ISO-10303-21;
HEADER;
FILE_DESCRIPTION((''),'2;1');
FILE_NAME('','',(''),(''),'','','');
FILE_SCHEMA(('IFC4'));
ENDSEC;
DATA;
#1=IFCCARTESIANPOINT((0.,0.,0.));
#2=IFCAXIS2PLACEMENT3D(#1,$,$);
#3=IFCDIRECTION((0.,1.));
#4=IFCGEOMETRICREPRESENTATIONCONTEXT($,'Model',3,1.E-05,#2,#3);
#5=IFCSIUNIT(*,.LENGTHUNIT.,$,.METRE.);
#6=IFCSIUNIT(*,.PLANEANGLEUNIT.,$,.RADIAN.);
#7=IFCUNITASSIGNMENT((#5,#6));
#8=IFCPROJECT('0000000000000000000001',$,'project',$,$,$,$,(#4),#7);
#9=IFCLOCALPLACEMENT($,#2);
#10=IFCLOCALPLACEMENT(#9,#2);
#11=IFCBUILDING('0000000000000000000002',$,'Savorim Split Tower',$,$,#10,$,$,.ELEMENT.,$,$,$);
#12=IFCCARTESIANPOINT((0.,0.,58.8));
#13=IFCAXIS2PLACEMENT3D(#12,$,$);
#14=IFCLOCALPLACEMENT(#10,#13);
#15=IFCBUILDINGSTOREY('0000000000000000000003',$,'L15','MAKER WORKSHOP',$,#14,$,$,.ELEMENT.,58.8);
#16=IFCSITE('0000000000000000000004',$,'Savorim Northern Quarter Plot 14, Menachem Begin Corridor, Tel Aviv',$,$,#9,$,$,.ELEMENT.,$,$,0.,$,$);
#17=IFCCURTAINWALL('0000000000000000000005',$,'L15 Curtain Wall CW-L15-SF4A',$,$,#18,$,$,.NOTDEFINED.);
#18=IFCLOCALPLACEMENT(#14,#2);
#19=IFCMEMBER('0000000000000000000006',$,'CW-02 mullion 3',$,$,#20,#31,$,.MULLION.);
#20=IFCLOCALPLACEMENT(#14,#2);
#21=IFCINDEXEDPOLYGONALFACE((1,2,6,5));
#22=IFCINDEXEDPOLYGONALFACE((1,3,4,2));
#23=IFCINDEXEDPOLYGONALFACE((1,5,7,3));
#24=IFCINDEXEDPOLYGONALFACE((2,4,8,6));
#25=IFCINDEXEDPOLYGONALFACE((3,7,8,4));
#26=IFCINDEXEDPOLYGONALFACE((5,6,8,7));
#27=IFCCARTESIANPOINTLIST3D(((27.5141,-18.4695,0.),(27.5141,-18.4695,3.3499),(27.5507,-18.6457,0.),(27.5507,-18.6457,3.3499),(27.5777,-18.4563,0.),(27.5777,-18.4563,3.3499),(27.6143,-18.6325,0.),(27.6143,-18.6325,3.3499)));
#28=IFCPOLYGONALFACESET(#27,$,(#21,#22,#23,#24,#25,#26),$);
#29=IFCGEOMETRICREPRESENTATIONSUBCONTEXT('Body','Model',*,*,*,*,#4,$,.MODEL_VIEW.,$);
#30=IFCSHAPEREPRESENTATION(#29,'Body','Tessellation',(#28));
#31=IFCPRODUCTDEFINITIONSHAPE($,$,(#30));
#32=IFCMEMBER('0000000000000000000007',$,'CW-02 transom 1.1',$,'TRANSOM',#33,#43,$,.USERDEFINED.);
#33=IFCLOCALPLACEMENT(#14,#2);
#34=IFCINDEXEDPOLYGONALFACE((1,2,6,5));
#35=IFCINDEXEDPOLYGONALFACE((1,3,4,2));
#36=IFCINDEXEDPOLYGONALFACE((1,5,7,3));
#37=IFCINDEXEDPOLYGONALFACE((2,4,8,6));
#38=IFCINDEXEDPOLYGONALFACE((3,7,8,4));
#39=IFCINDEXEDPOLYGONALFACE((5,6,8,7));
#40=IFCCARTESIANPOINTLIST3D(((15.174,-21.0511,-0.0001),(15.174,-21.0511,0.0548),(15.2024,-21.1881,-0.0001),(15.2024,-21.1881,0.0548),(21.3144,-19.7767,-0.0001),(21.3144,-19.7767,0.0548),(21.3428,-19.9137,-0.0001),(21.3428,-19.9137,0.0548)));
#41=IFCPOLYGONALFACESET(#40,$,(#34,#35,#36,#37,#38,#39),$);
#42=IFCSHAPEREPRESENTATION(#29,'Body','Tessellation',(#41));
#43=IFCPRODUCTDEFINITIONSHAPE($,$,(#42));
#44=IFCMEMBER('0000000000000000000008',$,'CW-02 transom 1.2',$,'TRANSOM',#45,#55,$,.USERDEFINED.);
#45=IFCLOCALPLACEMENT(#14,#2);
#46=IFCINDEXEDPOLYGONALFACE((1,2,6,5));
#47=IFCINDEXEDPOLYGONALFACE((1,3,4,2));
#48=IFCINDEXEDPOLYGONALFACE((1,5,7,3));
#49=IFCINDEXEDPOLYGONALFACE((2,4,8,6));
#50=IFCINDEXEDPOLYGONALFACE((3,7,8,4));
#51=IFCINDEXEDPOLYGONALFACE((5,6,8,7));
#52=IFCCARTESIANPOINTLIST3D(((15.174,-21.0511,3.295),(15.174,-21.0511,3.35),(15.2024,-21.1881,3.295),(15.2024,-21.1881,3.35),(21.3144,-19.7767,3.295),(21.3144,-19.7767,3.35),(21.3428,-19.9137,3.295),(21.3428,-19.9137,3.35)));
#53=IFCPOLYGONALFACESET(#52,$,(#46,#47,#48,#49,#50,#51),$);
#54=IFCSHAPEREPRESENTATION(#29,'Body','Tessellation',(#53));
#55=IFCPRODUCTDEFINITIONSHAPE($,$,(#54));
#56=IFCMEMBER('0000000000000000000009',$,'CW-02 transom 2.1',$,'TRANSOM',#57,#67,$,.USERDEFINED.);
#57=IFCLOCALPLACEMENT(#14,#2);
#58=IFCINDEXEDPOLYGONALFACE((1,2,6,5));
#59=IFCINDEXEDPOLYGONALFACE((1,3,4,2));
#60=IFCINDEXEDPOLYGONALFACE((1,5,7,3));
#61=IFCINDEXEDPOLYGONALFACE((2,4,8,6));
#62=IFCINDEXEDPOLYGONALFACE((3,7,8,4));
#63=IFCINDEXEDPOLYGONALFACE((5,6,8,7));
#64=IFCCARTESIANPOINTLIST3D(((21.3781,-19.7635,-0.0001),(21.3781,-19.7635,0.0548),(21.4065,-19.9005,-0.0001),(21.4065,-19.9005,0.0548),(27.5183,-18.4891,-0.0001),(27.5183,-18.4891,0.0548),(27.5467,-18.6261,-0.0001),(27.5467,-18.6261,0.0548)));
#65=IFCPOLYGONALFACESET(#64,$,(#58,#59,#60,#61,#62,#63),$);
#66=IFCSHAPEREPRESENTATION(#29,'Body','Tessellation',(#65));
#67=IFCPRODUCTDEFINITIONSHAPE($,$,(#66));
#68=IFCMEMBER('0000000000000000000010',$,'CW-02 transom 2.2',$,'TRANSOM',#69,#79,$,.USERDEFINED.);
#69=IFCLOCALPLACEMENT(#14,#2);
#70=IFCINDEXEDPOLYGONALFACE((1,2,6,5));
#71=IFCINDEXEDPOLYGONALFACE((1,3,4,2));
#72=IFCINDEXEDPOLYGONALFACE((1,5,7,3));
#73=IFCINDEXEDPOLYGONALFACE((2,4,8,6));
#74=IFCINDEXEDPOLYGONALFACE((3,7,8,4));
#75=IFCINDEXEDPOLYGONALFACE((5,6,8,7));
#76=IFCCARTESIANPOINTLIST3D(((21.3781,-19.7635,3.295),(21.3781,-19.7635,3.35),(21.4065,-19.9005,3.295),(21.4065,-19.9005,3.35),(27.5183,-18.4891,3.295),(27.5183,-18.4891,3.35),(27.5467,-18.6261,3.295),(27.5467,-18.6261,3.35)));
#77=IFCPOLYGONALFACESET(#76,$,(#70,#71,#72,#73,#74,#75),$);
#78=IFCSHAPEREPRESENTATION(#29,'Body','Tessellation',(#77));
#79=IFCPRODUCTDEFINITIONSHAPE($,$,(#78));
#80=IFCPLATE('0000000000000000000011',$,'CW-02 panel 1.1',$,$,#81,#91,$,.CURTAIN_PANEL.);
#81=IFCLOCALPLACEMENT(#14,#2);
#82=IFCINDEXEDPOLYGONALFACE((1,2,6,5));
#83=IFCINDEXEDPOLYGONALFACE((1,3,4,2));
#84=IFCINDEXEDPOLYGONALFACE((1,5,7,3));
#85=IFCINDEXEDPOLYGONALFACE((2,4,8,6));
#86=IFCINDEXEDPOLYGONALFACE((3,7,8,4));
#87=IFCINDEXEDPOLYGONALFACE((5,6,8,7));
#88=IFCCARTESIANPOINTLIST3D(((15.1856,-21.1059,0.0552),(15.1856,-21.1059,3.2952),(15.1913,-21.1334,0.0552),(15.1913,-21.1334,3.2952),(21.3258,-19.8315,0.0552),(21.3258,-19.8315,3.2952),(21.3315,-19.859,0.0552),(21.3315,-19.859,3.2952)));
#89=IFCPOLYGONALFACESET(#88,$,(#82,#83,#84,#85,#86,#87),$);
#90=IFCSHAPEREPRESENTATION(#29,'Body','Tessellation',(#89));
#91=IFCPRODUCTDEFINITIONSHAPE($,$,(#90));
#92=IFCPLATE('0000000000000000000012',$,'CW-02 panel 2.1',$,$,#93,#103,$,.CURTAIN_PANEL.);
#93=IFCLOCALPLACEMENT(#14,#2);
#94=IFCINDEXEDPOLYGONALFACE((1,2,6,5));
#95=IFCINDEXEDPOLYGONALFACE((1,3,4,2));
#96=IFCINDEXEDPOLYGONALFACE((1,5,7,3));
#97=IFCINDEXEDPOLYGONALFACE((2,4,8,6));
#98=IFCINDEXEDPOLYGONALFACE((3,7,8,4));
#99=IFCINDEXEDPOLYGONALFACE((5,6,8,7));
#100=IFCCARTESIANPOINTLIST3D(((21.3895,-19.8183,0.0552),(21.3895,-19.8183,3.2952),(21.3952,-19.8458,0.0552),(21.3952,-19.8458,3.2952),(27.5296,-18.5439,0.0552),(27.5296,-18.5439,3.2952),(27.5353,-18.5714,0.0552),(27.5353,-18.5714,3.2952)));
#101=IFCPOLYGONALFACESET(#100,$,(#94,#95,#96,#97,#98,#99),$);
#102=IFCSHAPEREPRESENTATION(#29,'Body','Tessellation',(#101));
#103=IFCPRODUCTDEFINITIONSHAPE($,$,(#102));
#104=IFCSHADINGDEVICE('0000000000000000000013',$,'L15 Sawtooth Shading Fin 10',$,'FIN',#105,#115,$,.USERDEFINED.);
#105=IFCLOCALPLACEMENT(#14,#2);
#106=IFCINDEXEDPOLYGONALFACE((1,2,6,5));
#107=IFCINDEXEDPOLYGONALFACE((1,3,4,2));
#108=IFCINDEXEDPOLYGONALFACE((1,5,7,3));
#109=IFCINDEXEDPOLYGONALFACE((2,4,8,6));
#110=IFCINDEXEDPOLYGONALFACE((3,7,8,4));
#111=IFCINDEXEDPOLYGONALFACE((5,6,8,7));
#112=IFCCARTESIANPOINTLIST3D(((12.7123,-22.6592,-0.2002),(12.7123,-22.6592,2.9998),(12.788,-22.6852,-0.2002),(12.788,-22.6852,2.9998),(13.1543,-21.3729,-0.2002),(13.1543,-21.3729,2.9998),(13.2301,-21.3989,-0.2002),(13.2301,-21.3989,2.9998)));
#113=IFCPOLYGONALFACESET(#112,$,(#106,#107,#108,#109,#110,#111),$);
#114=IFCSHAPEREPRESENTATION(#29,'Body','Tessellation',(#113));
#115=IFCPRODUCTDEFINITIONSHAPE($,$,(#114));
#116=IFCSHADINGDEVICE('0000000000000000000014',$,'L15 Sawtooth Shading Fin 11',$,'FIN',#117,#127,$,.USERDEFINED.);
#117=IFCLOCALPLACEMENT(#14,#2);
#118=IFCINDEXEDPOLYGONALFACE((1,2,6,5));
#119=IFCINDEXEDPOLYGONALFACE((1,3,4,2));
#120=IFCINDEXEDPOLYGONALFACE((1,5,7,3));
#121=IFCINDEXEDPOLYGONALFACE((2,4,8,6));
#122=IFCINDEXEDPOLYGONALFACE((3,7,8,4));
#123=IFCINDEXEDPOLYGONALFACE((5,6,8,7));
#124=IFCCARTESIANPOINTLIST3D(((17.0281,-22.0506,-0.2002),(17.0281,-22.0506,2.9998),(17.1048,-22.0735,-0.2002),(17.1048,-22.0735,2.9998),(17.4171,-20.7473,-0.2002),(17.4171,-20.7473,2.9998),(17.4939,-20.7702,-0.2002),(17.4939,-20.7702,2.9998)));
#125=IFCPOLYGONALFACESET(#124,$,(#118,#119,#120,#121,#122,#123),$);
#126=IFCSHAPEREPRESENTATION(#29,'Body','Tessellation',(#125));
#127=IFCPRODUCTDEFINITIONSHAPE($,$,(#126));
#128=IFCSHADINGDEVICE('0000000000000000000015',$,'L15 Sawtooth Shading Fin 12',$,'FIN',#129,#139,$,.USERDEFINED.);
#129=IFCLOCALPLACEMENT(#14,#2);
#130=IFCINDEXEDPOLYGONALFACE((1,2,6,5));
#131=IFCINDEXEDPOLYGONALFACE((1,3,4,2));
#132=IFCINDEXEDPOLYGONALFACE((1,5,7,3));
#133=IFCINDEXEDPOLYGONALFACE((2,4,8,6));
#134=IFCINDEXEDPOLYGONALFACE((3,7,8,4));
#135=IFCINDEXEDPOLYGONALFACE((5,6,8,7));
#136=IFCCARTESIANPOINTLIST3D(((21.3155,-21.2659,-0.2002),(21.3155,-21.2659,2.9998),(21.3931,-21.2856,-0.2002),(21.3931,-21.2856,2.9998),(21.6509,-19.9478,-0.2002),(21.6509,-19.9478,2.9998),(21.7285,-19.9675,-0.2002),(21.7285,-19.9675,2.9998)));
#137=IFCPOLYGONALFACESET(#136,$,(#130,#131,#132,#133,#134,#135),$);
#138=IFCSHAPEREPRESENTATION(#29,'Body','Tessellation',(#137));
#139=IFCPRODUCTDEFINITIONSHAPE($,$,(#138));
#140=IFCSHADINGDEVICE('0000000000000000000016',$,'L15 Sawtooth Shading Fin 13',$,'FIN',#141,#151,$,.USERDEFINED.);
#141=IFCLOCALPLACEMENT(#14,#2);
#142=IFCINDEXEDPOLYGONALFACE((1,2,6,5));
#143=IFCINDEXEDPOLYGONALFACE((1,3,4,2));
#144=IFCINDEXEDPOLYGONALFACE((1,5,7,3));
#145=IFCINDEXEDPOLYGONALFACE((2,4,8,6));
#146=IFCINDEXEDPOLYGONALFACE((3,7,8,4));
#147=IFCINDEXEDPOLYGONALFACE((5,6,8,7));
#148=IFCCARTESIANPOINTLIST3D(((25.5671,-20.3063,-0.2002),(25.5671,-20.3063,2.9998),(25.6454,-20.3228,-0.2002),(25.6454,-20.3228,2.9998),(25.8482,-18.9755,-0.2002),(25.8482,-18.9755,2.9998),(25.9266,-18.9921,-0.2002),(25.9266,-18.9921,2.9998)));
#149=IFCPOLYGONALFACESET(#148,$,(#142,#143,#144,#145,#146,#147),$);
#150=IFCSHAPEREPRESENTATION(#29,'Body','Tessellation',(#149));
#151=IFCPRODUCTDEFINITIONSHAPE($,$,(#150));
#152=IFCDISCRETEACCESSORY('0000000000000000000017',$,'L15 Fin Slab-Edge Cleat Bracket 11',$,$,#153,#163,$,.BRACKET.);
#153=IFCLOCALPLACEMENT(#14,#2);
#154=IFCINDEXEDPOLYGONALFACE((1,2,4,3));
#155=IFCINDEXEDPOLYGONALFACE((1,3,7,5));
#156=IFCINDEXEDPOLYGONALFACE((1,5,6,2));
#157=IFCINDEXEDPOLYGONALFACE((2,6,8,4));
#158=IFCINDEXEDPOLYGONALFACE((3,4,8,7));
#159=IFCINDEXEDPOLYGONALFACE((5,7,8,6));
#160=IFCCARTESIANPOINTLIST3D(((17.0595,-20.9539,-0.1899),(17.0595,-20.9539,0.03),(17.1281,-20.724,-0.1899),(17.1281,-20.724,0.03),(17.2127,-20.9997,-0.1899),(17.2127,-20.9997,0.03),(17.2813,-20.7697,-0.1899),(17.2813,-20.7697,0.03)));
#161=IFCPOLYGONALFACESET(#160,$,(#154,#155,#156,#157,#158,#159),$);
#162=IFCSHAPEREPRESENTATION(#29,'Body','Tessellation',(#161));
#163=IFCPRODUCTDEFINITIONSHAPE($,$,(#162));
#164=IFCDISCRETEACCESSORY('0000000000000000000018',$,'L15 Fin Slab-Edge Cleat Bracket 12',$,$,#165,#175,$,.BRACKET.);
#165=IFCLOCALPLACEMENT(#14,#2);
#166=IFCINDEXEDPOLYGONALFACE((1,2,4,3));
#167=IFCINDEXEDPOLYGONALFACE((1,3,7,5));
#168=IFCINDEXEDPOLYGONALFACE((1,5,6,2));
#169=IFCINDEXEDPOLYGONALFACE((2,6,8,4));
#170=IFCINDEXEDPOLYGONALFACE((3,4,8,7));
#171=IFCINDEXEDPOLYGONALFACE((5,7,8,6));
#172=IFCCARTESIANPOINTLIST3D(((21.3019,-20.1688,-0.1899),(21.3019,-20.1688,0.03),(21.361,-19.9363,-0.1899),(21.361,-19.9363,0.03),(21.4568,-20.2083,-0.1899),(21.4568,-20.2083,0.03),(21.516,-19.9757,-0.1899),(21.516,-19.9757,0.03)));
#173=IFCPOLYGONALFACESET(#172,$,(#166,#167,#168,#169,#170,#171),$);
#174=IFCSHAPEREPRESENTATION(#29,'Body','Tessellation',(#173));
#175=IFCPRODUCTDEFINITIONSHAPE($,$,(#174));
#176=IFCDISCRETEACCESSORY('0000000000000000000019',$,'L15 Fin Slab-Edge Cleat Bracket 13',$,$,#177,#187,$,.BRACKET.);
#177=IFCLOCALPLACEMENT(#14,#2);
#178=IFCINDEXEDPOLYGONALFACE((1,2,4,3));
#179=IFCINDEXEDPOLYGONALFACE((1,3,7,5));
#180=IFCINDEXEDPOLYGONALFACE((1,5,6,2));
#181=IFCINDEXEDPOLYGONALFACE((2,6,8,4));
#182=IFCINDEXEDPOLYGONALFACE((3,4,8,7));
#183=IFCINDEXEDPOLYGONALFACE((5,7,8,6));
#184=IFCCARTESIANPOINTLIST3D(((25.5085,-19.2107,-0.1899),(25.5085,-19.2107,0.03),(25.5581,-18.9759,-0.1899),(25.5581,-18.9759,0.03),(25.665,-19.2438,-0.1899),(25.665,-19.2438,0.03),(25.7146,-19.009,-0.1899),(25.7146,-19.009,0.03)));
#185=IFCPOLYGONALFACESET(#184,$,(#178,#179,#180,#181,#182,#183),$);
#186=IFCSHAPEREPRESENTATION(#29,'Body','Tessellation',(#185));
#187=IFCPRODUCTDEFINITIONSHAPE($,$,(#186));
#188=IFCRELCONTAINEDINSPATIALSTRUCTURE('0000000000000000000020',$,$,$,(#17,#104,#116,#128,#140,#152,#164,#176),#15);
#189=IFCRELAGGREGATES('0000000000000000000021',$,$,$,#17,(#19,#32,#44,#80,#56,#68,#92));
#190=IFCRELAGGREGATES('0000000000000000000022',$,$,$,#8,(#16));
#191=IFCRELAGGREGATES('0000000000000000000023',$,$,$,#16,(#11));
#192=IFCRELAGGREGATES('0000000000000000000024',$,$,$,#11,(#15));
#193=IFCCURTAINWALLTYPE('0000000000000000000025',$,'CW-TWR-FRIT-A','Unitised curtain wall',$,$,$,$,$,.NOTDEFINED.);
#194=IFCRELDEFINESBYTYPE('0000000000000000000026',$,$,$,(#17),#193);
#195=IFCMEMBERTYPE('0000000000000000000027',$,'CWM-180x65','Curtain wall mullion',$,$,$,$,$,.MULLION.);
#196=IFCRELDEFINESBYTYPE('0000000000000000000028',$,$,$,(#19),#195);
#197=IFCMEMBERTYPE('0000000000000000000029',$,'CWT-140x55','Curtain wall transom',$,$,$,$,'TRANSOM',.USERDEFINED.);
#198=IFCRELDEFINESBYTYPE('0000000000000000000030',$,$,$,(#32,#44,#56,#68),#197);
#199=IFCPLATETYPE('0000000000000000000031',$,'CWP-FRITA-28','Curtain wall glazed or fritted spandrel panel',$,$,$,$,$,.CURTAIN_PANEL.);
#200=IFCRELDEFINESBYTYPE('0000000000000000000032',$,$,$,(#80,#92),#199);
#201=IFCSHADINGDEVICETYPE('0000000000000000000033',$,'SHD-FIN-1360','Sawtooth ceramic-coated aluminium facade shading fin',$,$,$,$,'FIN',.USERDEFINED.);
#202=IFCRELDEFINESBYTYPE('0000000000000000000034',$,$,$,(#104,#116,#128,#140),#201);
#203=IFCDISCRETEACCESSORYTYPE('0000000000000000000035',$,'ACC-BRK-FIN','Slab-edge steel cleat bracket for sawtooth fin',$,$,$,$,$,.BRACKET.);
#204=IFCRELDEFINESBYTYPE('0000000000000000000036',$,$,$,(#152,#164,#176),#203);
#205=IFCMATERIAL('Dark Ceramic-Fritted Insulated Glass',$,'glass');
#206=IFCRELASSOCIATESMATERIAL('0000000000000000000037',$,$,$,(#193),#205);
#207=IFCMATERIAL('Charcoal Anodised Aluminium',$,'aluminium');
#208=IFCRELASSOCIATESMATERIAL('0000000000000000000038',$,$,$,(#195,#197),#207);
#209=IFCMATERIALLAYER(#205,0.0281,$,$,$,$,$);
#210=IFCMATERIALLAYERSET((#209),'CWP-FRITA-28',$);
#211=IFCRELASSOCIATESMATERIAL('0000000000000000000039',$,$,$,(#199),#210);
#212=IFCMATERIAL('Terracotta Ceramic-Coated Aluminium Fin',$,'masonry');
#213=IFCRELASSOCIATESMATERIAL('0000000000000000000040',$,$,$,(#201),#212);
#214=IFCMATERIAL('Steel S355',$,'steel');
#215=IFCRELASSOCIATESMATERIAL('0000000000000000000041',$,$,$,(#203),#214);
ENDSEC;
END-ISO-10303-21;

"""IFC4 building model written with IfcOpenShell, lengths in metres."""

from ifc_helpers import new_model, si_unit, direction, frame, origin, origin_2d, place, context, subcontext, project, spatial, rectangle, extrude, material, layer, layer_set, material_profile, profile_set, type_object, element, aggregate, save


model = new_model("IFC4")

# Units and contexts
model_context = context("Model", 3, precision=1e-05, world=origin(), true_north=direction((0.0, 1.0)))
body_context = subcontext(model_context, "Body", "Model", "MODEL_VIEW")
ifc_project = project(units=[si_unit("LENGTHUNIT", "METRE"), si_unit("PLANEANGLEUNIT", "RADIAN")], contexts=[model_context])

# Site, building, storey
site_placement = place(None, origin())
site = spatial("IfcSite", under=ifc_project, at=site_placement, Name="Savorim Northern Quarter Plot 14, Menachem Begin Corridor, Tel Aviv", CompositionType="ELEMENT", RefElevation=0.0)
building_placement = place(site_placement, origin())
building = spatial("IfcBuilding", under=site, at=building_placement, Name="Savorim Split Tower", CompositionType="ELEMENT")
storey_placement = place(building_placement, frame((0.0, 0.0, 58.8)))
storey = spatial("IfcBuildingStorey", under=building, at=storey_placement, Name="L15", Description="MAKER WORKSHOP", CompositionType="ELEMENT", Elevation=58.8)

# Shared definitions
ifc_material_1 = material(Name="Steel S355", Category="steel")

# Shared definitions
ifc_material_2 = material(Name="Dark Ceramic-Fritted Insulated Glass", Category="glass")
curtain_wall_type = type_object("IfcCurtainWallType", Name="CW-TWR-FRIT-A", Description="Unitised curtain wall", PredefinedType="NOTDEFINED", material=ifc_material_2)
ifc_material_3 = material(Name="Charcoal Anodised Aluminium", Category="aluminium")
ifc_material_profile_1 = material_profile(ifc_material_3, rectangle(XDim=0.1799, YDim=0.0649, at=origin_2d()), Name="ALU-M 180x65")
ifc_profile_set_1 = profile_set([ifc_material_profile_1], Name="Charcoal Anodised Aluminium")
member_type_1 = type_object("IfcMemberType", Name="CWM-180x65", Description="Curtain wall mullion", PredefinedType="MULLION", material=ifc_profile_set_1)

# Curtain wall, members, plates
curtain_wall_1_placement = place(storey_placement, origin())
curtain_wall_1 = element("IfcCurtainWall", 1, at=curtain_wall_1_placement, inside=storey, type_object=curtain_wall_type, Name="L15 Curtain Wall CW-L15-SF4A", PredefinedType="NOTDEFINED")
member_1_placement = place(storey_placement, frame((27.5642, -18.551, 0.0), z_axis=(0.0, 0.0, 1.0), x_axis=(-0.203216, 0.979134, 0.0)))
member_1 = element("IfcMember", 2, at=member_1_placement, type_object=member_type_1, Name="CW-02 mullion 3", PredefinedType="MULLION", context=body_context, shape_type="SweptSolid", body=[
    extrude(rectangle(XDim=0.1799, YDim=0.0649, at=origin_2d()), origin(), (0.0, 0.0, 1.0), 3.3499),
])
ifc_material_profile_2 = material_profile(ifc_material_3, rectangle(XDim=0.1399, YDim=0.0549, at=origin_2d()), Name="ALU-T 140x55")
ifc_profile_set_2 = profile_set([ifc_material_profile_2], Name="Charcoal Anodised Aluminium")
member_type_2 = type_object("IfcMemberType", Name="CWT-140x55", Description="Curtain wall transom", ElementType="TRANSOM", PredefinedType="USERDEFINED", material=ifc_profile_set_2)
member_2_placement = place(storey_placement, frame((15.1882, -21.1196, 0.0273), z_axis=(0.979134, 0.203216, 0.0), x_axis=(-0.203216, 0.979134, 0.0)))
member_2 = element("IfcMember", 3, at=member_2_placement, type_object=member_type_2, Name="CW-02 transom 1.1", ObjectType="TRANSOM", PredefinedType="USERDEFINED", context=body_context, shape_type="SweptSolid", body=[
    extrude(rectangle(XDim=0.1399, YDim=0.0549, at=origin_2d()), origin(), (0.0, 0.0, 1.0), 6.2712),
])
member_3_placement = place(storey_placement, frame((15.1882, -21.1196, 3.3225), z_axis=(0.979134, 0.203216, 0.0), x_axis=(-0.203216, 0.979134, 0.0)))
member_3 = element("IfcMember", 4, at=member_3_placement, type_object=member_type_2, Name="CW-02 transom 1.2", ObjectType="TRANSOM", PredefinedType="USERDEFINED", context=body_context, shape_type="SweptSolid", body=[
    extrude(rectangle(XDim=0.1399, YDim=0.0549, at=origin_2d()), origin(), (0.0, 0.0, 1.0), 6.2712),
])
member_4_placement = place(storey_placement, frame((21.3923, -19.832, 0.0273), z_axis=(0.979132, 0.203223, 0.0), x_axis=(-0.203223, 0.979132, 0.0)))
member_4 = element("IfcMember", 5, at=member_4_placement, type_object=member_type_2, Name="CW-02 transom 2.1", ObjectType="TRANSOM", PredefinedType="USERDEFINED", context=body_context, shape_type="SweptSolid", body=[
    extrude(rectangle(XDim=0.1399, YDim=0.0549, at=origin_2d()), origin(), (0.0, 0.0, 1.0), 6.271),
])
member_5_placement = place(storey_placement, frame((21.3923, -19.832, 3.3225), z_axis=(0.979132, 0.203223, 0.0), x_axis=(-0.203223, 0.979132, 0.0)))
member_5 = element("IfcMember", 6, at=member_5_placement, type_object=member_type_2, Name="CW-02 transom 2.2", ObjectType="TRANSOM", PredefinedType="USERDEFINED", context=body_context, shape_type="SweptSolid", body=[
    extrude(rectangle(XDim=0.1399, YDim=0.0549, at=origin_2d()), origin(), (0.0, 0.0, 1.0), 6.271),
])
ifc_layer = layer(ifc_material_2, 0.0281)
ifc_layer_set = layer_set([ifc_layer], Name="CWP-FRITA-28")
plate_type = type_object("IfcPlateType", Name="CWP-FRITA-28", Description="Curtain wall glazed or fritted spandrel panel", PredefinedType="CURTAIN_PANEL", material=ifc_layer_set)
plate_1_placement = place(storey_placement, frame((18.2585, -20.4824, 0.0552), z_axis=(0.0, 0.0, 1.0), x_axis=(0.979134, 0.203216, 0.0)))
plate_1 = element("IfcPlate", 7, at=plate_1_placement, type_object=plate_type, Name="CW-02 panel 1.1", PredefinedType="CURTAIN_PANEL", context=body_context, shape_type="SweptSolid", body=[
    extrude(rectangle(XDim=6.271, YDim=0.0281, at=origin_2d()), origin(), (0.0, 0.0, 1.0), 3.24),
])
plate_2_placement = place(storey_placement, frame((24.4624, -19.1948, 0.0552), z_axis=(0.0, 0.0, 1.0), x_axis=(0.979134, 0.203216, 0.0)))
plate_2 = element("IfcPlate", 8, at=plate_2_placement, type_object=plate_type, Name="CW-02 panel 2.1", PredefinedType="CURTAIN_PANEL", context=body_context, shape_type="SweptSolid", body=[
    extrude(rectangle(XDim=6.271, YDim=0.0281, at=origin_2d()), origin(), (0.0, 0.0, 1.0), 3.24),
])
aggregate(curtain_wall_1, [member_1, member_2, member_3, plate_1, member_4, member_5, plate_2])

# Shading devices
ifc_material_4 = material(Name="Terracotta Ceramic-Coated Aluminium Fin", Category="masonry")
shading_device_type = type_object("IfcShadingDeviceType", Name="SHD-FIN-1360", Description="Sawtooth ceramic-coated aluminium facade shading fin", ElementType="FIN", PredefinedType="USERDEFINED", material=ifc_material_4)
for number, where, z_axis, x_axis, name in (
    (9, (12.9712, -22.0291, -0.2002), (0.0, 0.0, 1.0), (-0.324994, -0.945716, 0.0), "L15 Sawtooth Shading Fin 10"),
    (10, (17.261, -21.4104, -0.2002), (0.0, 0.0, 1.0), (-0.286026, -0.958222, 0.0), "L15 Sawtooth Shading Fin 11"),
    (11, (21.522, -20.6167, -0.2002), (0.0, 0.0, 1.0), (-0.246581, -0.969122, 0.0), "L15 Sawtooth Shading Fin 12"),
    (12, (25.7468, -19.6492, -0.2002), (0.0, 0.0, 1.0), (-0.206722, -0.9784, 0.0), "L15 Sawtooth Shading Fin 13"),
):
    element("IfcShadingDevice", number, at=place(storey_placement, frame(where, z_axis=z_axis, x_axis=x_axis)), inside=storey, type_object=shading_device_type, Name=name, ObjectType="FIN", PredefinedType="USERDEFINED", context=body_context, shape_type="SweptSolid", body=[
        extrude(rectangle(XDim=1.3601, YDim=0.0801, at=origin_2d()), origin(), (0.0, 0.0, 1.0), 3.2),
    ])

# Discrete accessories
discrete_accessory_type = type_object("IfcDiscreteAccessoryType", Name="ACC-BRK-FIN", Description="Slab-edge steel cleat bracket for sawtooth fin", PredefinedType="BRACKET", material=ifc_material_1)
for number, where, z_axis, x_axis, name in (
    (13, (17.1704, -20.8618, -0.1899), (0.0, 0.0, 1.0), (-0.286026, -0.958222, 0.0), "L15 Fin Slab-Edge Cleat Bracket 11"),
    (14, (21.4089, -20.0723, -0.1899), (0.0, 0.0, 1.0), (-0.246581, -0.969122, 0.0), "L15 Fin Slab-Edge Cleat Bracket 12"),
    (15, (25.6116, -19.1099, -0.1899), (0.0, 0.0, 1.0), (-0.206722, -0.9784, 0.0), "L15 Fin Slab-Edge Cleat Bracket 13"),
):
    element("IfcDiscreteAccessory", number, at=place(storey_placement, frame(where, z_axis=z_axis, x_axis=x_axis)), inside=storey, type_object=discrete_accessory_type, Name=name, PredefinedType="BRACKET", context=body_context, shape_type="SweptSolid", body=[
        extrude(rectangle(XDim=0.24, YDim=0.1599, at=origin_2d()), origin(), (0.0, 0.0, 1.0), 0.22),
    ])

save(model, "model.ifc")
